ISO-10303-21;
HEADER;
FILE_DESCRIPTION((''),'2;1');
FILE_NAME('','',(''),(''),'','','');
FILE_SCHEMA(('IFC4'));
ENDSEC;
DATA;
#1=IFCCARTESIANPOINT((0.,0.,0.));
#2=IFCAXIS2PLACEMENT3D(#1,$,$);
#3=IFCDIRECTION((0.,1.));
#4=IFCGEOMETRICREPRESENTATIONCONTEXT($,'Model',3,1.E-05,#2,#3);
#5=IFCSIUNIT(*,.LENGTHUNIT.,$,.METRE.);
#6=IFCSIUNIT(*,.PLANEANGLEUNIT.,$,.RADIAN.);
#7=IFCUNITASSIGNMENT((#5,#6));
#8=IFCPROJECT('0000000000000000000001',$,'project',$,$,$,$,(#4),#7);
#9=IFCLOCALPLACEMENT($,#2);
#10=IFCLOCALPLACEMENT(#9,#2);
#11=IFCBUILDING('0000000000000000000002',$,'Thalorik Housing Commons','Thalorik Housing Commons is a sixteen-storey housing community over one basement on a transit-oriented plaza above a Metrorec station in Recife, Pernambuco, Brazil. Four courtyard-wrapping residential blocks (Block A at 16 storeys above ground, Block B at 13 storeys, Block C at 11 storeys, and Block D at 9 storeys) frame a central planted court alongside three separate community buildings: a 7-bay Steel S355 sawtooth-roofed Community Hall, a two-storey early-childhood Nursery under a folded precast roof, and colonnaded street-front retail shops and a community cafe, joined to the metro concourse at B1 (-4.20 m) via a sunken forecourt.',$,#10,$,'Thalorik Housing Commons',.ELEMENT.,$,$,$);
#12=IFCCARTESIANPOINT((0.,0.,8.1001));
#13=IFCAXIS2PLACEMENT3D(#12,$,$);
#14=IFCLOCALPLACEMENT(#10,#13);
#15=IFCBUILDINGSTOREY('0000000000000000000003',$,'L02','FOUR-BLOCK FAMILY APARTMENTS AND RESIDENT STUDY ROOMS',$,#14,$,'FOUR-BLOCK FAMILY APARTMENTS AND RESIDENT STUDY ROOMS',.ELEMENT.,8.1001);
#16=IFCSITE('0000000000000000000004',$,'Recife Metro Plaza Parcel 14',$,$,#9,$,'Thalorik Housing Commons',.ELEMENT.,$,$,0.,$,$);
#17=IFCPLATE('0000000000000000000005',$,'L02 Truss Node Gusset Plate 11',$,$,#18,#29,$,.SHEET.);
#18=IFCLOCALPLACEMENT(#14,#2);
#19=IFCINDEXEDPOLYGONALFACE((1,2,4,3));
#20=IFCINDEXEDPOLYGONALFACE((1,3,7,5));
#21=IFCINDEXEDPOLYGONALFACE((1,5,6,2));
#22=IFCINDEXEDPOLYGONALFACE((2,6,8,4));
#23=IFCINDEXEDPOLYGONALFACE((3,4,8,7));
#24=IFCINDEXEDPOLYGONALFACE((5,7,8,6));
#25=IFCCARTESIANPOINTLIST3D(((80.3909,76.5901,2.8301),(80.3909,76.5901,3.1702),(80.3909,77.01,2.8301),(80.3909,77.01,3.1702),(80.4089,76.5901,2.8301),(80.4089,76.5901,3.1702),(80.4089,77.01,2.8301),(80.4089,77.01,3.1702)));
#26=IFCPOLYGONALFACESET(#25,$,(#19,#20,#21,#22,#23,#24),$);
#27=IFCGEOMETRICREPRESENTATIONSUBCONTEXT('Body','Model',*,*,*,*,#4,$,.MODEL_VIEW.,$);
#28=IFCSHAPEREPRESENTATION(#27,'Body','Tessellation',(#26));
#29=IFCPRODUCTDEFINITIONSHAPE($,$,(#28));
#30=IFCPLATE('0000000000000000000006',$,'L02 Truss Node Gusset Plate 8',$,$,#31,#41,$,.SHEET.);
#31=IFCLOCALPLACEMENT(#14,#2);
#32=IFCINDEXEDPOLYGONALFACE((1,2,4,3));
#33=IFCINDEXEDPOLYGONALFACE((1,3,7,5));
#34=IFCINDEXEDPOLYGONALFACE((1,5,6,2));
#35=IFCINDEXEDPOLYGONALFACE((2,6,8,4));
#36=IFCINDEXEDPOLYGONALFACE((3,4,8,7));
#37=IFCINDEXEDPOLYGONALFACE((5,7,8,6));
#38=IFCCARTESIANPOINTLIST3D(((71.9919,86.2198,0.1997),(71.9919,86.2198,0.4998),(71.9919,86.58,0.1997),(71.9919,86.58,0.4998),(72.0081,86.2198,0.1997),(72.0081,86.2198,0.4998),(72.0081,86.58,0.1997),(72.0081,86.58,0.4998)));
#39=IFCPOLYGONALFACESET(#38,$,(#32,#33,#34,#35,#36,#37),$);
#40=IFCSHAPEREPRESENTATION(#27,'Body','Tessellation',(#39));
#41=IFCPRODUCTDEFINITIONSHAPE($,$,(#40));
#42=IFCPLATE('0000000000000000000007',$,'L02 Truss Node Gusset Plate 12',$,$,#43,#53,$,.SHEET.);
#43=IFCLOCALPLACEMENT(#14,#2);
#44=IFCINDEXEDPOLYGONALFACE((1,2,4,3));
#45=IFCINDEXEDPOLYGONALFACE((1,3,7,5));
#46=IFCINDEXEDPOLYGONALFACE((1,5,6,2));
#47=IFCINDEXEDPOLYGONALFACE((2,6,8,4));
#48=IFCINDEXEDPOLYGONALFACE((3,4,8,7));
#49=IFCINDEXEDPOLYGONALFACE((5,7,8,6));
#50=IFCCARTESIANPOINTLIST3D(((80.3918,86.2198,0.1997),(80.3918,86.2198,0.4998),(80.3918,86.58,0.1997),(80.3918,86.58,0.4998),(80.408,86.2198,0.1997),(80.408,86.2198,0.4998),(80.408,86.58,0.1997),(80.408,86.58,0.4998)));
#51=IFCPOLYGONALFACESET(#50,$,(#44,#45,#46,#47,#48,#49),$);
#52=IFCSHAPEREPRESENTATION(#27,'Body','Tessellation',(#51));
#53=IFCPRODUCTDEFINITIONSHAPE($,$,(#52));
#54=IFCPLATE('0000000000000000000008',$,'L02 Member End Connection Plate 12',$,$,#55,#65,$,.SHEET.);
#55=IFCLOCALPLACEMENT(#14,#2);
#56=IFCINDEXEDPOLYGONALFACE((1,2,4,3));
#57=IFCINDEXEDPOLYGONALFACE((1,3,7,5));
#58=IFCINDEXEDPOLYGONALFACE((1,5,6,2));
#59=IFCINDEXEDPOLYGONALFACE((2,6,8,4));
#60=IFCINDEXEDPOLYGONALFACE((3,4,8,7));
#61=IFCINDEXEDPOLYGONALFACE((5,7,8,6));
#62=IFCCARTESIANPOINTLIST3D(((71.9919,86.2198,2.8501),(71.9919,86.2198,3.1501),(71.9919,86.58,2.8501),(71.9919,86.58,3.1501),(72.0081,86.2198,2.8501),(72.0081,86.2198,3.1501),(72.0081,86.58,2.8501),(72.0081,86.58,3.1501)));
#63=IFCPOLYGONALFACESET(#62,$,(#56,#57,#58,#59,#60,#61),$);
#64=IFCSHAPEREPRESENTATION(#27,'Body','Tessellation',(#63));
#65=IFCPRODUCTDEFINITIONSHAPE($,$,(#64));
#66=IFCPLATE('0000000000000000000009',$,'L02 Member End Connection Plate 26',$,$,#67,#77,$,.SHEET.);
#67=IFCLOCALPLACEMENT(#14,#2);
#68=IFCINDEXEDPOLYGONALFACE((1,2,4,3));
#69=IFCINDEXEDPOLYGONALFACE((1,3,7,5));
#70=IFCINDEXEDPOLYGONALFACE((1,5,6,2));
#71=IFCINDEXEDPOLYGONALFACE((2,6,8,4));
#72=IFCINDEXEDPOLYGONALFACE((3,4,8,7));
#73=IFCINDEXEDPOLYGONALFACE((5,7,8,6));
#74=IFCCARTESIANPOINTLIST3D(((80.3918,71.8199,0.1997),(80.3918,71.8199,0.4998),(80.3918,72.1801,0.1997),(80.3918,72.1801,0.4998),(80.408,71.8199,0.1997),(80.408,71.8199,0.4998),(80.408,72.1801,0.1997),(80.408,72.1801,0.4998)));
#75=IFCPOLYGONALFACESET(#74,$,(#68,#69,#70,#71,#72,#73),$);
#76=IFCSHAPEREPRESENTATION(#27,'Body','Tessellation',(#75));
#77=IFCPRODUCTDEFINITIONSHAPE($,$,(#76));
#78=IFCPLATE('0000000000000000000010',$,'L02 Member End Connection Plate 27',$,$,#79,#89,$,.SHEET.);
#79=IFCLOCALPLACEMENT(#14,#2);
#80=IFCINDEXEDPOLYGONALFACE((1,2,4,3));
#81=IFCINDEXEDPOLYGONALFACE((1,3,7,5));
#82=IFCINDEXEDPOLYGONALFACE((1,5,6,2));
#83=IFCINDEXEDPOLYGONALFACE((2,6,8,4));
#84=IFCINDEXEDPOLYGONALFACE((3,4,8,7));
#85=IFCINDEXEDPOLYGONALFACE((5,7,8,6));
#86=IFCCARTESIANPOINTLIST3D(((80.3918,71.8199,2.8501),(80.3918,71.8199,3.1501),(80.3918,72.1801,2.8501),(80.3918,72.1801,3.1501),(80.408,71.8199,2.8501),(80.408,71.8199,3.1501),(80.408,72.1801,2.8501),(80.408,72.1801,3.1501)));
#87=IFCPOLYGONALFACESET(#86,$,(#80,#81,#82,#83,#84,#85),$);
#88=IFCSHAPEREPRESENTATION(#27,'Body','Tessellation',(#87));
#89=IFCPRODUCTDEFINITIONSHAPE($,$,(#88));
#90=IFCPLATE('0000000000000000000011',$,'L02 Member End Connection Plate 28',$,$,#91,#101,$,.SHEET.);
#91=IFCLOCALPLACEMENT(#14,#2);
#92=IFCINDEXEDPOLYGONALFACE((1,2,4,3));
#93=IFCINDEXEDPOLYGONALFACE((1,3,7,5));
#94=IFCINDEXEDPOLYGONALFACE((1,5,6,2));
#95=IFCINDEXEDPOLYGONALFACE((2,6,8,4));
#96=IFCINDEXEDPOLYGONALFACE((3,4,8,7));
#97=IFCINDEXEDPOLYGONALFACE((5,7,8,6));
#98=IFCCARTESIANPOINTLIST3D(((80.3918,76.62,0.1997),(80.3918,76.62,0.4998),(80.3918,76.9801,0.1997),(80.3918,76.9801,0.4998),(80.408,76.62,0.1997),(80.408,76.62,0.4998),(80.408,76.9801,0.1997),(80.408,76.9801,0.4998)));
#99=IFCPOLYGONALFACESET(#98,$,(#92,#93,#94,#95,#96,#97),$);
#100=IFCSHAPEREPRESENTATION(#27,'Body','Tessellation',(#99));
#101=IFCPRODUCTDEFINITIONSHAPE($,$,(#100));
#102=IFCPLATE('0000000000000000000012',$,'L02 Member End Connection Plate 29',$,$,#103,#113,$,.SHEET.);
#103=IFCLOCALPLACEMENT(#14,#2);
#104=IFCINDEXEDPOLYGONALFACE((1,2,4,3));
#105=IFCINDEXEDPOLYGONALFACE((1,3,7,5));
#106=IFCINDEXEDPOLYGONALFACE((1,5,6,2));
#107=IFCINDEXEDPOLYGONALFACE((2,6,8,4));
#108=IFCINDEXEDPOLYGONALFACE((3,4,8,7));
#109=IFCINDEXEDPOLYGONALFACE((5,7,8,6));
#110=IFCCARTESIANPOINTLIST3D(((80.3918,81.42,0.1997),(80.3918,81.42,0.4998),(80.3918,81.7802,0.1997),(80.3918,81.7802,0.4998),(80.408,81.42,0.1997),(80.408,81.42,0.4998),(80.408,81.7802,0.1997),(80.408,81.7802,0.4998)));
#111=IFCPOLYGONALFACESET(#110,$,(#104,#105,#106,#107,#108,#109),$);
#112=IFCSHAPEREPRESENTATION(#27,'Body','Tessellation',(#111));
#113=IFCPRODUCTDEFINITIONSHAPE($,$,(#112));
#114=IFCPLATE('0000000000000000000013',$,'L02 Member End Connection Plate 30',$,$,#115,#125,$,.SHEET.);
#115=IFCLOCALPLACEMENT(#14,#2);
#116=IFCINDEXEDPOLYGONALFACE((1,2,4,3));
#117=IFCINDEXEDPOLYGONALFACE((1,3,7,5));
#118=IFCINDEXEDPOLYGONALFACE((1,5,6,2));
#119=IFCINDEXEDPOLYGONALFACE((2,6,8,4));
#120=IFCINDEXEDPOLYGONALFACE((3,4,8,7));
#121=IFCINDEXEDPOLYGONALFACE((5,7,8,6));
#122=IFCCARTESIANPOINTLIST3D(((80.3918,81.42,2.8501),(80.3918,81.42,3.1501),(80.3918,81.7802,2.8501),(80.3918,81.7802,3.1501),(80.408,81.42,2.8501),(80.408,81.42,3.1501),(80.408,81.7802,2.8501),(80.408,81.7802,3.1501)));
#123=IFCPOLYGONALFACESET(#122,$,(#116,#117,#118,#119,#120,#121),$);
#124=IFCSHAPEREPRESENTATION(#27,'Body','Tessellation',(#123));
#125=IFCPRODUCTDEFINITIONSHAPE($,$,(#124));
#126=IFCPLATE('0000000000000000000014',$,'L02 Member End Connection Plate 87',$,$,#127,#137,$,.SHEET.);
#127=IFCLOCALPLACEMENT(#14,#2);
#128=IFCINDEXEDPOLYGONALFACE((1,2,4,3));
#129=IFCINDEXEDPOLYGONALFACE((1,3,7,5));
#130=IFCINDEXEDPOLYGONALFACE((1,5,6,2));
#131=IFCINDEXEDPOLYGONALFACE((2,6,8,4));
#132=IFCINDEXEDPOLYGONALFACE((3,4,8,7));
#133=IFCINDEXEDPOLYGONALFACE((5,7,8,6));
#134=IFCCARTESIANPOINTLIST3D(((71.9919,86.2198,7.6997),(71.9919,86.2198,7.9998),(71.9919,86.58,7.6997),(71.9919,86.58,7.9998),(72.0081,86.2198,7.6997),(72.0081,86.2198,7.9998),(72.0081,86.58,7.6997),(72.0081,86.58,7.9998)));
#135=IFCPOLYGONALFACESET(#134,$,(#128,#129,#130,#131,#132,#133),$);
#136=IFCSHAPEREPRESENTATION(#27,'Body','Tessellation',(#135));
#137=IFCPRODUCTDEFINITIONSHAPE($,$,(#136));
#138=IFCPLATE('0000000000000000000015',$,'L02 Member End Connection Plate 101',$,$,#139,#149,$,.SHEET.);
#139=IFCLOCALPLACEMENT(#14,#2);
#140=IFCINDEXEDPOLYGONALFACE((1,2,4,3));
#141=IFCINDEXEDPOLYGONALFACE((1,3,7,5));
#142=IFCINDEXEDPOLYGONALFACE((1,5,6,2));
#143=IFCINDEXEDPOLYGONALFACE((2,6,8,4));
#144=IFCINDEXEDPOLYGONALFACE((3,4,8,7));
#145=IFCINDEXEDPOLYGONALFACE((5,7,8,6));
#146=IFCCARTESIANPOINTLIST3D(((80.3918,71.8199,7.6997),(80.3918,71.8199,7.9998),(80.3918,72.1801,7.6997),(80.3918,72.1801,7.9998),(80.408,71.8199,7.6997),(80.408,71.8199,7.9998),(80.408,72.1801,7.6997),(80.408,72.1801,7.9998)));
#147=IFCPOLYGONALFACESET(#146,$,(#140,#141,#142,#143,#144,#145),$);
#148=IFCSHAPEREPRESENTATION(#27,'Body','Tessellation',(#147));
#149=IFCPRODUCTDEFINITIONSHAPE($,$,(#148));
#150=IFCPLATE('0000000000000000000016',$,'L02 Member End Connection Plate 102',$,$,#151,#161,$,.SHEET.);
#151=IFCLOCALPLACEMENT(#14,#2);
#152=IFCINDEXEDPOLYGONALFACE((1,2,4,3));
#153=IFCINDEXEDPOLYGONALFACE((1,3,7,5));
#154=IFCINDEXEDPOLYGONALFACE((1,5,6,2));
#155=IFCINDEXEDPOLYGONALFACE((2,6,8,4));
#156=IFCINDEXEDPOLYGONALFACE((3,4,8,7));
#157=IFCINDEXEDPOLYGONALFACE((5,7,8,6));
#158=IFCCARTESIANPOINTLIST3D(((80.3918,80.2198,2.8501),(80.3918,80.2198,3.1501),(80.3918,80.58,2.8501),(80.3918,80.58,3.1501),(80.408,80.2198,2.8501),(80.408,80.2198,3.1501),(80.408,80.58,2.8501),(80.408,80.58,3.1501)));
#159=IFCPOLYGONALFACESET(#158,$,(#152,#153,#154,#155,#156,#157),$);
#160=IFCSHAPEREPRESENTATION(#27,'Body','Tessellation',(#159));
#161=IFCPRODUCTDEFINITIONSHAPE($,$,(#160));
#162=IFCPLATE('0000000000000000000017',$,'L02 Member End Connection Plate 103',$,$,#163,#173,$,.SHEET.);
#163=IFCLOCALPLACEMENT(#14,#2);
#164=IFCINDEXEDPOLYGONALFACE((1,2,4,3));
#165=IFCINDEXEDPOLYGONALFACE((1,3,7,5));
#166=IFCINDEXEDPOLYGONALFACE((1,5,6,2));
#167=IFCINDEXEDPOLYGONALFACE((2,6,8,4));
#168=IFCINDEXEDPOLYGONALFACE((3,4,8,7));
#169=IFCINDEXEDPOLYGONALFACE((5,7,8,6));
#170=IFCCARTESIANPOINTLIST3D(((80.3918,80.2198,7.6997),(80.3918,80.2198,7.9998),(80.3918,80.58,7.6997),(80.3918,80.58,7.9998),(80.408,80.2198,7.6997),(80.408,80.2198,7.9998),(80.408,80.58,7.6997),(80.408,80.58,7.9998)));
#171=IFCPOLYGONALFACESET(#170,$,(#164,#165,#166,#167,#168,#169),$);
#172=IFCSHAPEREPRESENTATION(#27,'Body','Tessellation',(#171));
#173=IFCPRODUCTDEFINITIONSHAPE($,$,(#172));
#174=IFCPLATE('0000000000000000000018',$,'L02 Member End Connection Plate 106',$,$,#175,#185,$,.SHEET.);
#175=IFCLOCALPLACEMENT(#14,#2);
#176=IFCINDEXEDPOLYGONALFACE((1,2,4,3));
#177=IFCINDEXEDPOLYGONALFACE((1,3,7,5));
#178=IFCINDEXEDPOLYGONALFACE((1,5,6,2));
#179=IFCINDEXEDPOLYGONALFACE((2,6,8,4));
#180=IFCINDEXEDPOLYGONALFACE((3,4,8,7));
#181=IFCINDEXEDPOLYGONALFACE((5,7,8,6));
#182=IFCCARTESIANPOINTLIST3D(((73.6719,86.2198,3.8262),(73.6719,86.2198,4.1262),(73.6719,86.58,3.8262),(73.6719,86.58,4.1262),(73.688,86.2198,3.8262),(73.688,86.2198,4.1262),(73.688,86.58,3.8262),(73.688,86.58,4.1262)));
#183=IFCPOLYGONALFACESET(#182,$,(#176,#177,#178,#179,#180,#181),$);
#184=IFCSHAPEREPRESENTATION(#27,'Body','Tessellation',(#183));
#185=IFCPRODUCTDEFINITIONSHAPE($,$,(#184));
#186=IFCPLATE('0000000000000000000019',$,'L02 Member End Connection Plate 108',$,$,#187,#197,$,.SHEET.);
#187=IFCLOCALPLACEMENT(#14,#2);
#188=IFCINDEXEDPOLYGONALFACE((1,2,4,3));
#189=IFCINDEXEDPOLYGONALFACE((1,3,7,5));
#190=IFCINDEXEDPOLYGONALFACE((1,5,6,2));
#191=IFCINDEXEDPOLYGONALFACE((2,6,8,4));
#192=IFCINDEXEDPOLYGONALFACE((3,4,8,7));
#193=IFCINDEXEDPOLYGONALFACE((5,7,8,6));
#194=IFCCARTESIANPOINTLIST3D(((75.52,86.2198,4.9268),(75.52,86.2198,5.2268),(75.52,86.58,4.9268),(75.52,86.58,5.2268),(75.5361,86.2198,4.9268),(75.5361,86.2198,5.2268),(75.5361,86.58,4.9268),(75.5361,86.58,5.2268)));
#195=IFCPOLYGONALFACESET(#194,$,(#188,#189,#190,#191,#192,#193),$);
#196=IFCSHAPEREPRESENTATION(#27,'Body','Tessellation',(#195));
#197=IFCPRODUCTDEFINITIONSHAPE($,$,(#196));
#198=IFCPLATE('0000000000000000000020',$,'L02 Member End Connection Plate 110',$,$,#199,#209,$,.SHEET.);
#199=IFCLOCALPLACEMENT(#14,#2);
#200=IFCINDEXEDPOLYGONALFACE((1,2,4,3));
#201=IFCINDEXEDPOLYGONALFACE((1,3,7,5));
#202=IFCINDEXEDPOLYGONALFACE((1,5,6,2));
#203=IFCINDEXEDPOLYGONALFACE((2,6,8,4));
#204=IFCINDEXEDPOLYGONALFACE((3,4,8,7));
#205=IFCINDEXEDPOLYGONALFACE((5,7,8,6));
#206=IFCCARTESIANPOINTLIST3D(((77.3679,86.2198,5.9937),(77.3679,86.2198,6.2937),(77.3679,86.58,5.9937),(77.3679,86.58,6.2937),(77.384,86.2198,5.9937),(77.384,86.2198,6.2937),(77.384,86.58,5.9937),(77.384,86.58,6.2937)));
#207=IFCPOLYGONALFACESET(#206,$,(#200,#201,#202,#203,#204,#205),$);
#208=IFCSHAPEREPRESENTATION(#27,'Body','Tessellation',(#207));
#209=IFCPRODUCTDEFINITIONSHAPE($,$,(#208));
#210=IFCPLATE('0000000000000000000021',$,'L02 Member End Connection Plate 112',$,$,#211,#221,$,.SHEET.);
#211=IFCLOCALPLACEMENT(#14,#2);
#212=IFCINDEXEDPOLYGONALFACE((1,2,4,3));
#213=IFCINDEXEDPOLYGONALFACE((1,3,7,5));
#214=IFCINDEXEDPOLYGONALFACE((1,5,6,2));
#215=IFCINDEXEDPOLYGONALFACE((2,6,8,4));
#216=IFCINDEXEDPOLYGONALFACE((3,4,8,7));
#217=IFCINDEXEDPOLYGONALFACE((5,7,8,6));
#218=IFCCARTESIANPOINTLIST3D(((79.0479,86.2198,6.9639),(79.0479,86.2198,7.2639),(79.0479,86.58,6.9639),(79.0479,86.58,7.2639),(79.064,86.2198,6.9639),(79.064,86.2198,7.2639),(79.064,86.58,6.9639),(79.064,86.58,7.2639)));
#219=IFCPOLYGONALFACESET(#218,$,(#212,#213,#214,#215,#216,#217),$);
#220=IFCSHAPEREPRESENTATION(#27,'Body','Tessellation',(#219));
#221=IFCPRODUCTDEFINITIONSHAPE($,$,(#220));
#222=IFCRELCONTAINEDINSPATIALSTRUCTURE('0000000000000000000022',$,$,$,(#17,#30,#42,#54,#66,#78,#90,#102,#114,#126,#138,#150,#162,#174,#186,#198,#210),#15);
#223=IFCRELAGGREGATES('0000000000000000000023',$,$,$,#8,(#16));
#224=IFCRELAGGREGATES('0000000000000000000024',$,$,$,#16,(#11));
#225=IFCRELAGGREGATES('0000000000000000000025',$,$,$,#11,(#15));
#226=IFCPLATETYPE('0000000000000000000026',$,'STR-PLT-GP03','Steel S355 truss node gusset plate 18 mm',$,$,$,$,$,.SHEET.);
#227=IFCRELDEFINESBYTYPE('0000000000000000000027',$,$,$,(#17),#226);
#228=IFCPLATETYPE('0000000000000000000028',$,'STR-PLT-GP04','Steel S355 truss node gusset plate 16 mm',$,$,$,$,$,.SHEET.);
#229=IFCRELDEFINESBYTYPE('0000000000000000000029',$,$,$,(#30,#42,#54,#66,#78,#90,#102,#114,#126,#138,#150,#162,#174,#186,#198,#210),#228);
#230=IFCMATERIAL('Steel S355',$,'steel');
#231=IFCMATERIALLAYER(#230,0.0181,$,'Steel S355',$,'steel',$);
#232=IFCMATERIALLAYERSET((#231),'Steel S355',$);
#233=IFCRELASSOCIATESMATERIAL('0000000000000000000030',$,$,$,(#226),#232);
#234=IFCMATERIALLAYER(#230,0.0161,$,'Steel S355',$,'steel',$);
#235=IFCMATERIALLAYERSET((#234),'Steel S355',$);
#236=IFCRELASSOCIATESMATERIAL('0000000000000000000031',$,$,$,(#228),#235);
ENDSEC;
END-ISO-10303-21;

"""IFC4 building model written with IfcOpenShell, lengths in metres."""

from ifc_helpers import new_model, si_unit, direction, frame, origin, origin_2d, place, context, subcontext, project, spatial, rectangle, extrude, material, layer, layer_set, type_object, element, save


model = new_model("IFC4")

# Units and contexts
model_context = context("Model", 3, precision=1e-05, world=origin(), true_north=direction((0.0, 1.0)))
body_context = subcontext(model_context, "Body", "Model", "MODEL_VIEW")
ifc_project = project(units=[si_unit("LENGTHUNIT", "METRE"), si_unit("PLANEANGLEUNIT", "RADIAN")], contexts=[model_context])

# Site, building, storey
site_placement = place(None, origin())
site = spatial("IfcSite", under=ifc_project, at=site_placement, Name="Recife Metro Plaza Parcel 14", LongName="Thalorik Housing Commons", CompositionType="ELEMENT", RefElevation=0.0)
building_placement = place(site_placement, origin())
building = spatial("IfcBuilding", under=site, at=building_placement, Name="Thalorik Housing Commons", Description="Thalorik Housing Commons is a sixteen-storey housing community over one basement on a transit-oriented plaza above a Metrorec station in Recife, Pernambuco, Brazil. Four courtyard-wrapping residential blocks (Block A at 16 storeys above ground, Block B at 13 storeys, Block C at 11 storeys, and Block D at 9 storeys) frame a central planted court alongside three separate community buildings: a 7-bay Steel S355 sawtooth-roofed Community Hall, a two-storey early-childhood Nursery under a folded precast roof, and colonnaded street-front retail shops and a community cafe, joined to the metro concourse at B1 (-4.20 m) via a sunken forecourt.", LongName="Thalorik Housing Commons", CompositionType="ELEMENT")
storey_placement = place(building_placement, frame((0.0, 0.0, 8.1001)))
storey = spatial("IfcBuildingStorey", under=building, at=storey_placement, Name="L02", Description="FOUR-BLOCK FAMILY APARTMENTS AND RESIDENT STUDY ROOMS", LongName="FOUR-BLOCK FAMILY APARTMENTS AND RESIDENT STUDY ROOMS", CompositionType="ELEMENT", Elevation=8.1001)

# Shared definitions
ifc_material_1 = material(Name="Steel S355", Category="steel")

# Plates
ifc_layer_1 = layer(ifc_material_1, 0.0181, Name="Steel S355", Category="steel")
ifc_layer_set_1 = layer_set([ifc_layer_1], Name="Steel S355")
plate_type_1 = type_object("IfcPlateType", Name="STR-PLT-GP03", Description="Steel S355 truss node gusset plate 18 mm", PredefinedType="SHEET", material=ifc_layer_set_1)
plate_1_placement = place(storey_placement, frame((80.3999, 76.8, 2.8301), z_axis=(0.0, 0.0, 1.0), x_axis=(1.0, 0.0, 0.0)))
element("IfcPlate", 1, at=plate_1_placement, inside=storey, type_object=plate_type_1, Name="L02 Truss Node Gusset Plate 11", PredefinedType="SHEET", context=body_context, shape_type="SweptSolid", body=[
    extrude(rectangle(XDim=0.0181, YDim=0.4199, at=origin_2d()), origin(), (0.0, 0.0, 1.0), 0.3401),
])
ifc_layer_2 = layer(ifc_material_1, 0.0161, Name="Steel S355", Category="steel")
ifc_layer_set_2 = layer_set([ifc_layer_2], Name="Steel S355")
plate_type_2 = type_object("IfcPlateType", Name="STR-PLT-GP04", Description="Steel S355 truss node gusset plate 16 mm", PredefinedType="SHEET", material=ifc_layer_set_2)
for number, where, z_axis, x_axis, name in (
    (2, (72.0, 86.3999, 0.1997), (0.0, 0.0, 1.0), (1.0, 0.0, 0.0), "L02 Truss Node Gusset Plate 8"),
    (3, (80.3999, 86.3999, 0.1997), (0.0, 0.0, 1.0), (1.0, 0.0, 0.0), "L02 Truss Node Gusset Plate 12"),
    (4, (72.0, 86.3999, 2.8501), (0.0, 0.0, 1.0), (1.0, 0.0, 0.0), "L02 Member End Connection Plate 12"),
    (5, (80.3999, 72.0, 0.1997), (0.0, 0.0, 1.0), (1.0, 0.0, 0.0), "L02 Member End Connection Plate 26"),
    (6, (80.3999, 72.0, 2.8501), (0.0, 0.0, 1.0), (1.0, 0.0, 0.0), "L02 Member End Connection Plate 27"),
    (7, (80.3999, 76.8, 0.1997), (0.0, 0.0, 1.0), (1.0, 0.0, 0.0), "L02 Member End Connection Plate 28"),
    (8, (80.3999, 81.6001, 0.1997), (0.0, 0.0, 1.0), (1.0, 0.0, 0.0), "L02 Member End Connection Plate 29"),
    (9, (80.3999, 81.6001, 2.8501), (0.0, 0.0, 1.0), (1.0, 0.0, 0.0), "L02 Member End Connection Plate 30"),
    (10, (72.0, 86.3999, 7.6997), (0.0, 0.0, 1.0), (1.0, 0.0, 0.0), "L02 Member End Connection Plate 87"),
    (11, (80.3999, 72.0, 7.6997), (0.0, 0.0, 1.0), (1.0, 0.0, 0.0), "L02 Member End Connection Plate 101"),
    (12, (80.3999, 80.3999, 2.8501), (0.0, 0.0, 1.0), (1.0, 0.0, 0.0), "L02 Member End Connection Plate 102"),
    (13, (80.3999, 80.3999, 7.6997), (0.0, 0.0, 1.0), (1.0, 0.0, 0.0), "L02 Member End Connection Plate 103"),
    (14, (73.6799, 86.3999, 3.8262), (0.0, 0.0, 1.0), (1.0, 0.0, 0.0), "L02 Member End Connection Plate 106"),
    (15, (75.5281, 86.3999, 4.9268), (0.0, 0.0, 1.0), (1.0, 0.0, 0.0), "L02 Member End Connection Plate 108"),
    (16, (77.376, 86.3999, 5.9937), (0.0, 0.0, 1.0), (1.0, 0.0, 0.0), "L02 Member End Connection Plate 110"),
    (17, (79.0559, 86.3999, 6.9639), (0.0, 0.0, 1.0), (1.0, 0.0, 0.0), "L02 Member End Connection Plate 112"),
):
    element("IfcPlate", number, at=place(storey_placement, frame(where, z_axis=z_axis, x_axis=x_axis)), inside=storey, type_object=plate_type_2, Name=name, PredefinedType="SHEET", context=body_context, shape_type="SweptSolid", body=[
        extrude(rectangle(XDim=0.0161, YDim=0.3601, at=origin_2d()), origin(), (0.0, 0.0, 1.0), 0.3),
    ])

save(model, "model.ifc")
